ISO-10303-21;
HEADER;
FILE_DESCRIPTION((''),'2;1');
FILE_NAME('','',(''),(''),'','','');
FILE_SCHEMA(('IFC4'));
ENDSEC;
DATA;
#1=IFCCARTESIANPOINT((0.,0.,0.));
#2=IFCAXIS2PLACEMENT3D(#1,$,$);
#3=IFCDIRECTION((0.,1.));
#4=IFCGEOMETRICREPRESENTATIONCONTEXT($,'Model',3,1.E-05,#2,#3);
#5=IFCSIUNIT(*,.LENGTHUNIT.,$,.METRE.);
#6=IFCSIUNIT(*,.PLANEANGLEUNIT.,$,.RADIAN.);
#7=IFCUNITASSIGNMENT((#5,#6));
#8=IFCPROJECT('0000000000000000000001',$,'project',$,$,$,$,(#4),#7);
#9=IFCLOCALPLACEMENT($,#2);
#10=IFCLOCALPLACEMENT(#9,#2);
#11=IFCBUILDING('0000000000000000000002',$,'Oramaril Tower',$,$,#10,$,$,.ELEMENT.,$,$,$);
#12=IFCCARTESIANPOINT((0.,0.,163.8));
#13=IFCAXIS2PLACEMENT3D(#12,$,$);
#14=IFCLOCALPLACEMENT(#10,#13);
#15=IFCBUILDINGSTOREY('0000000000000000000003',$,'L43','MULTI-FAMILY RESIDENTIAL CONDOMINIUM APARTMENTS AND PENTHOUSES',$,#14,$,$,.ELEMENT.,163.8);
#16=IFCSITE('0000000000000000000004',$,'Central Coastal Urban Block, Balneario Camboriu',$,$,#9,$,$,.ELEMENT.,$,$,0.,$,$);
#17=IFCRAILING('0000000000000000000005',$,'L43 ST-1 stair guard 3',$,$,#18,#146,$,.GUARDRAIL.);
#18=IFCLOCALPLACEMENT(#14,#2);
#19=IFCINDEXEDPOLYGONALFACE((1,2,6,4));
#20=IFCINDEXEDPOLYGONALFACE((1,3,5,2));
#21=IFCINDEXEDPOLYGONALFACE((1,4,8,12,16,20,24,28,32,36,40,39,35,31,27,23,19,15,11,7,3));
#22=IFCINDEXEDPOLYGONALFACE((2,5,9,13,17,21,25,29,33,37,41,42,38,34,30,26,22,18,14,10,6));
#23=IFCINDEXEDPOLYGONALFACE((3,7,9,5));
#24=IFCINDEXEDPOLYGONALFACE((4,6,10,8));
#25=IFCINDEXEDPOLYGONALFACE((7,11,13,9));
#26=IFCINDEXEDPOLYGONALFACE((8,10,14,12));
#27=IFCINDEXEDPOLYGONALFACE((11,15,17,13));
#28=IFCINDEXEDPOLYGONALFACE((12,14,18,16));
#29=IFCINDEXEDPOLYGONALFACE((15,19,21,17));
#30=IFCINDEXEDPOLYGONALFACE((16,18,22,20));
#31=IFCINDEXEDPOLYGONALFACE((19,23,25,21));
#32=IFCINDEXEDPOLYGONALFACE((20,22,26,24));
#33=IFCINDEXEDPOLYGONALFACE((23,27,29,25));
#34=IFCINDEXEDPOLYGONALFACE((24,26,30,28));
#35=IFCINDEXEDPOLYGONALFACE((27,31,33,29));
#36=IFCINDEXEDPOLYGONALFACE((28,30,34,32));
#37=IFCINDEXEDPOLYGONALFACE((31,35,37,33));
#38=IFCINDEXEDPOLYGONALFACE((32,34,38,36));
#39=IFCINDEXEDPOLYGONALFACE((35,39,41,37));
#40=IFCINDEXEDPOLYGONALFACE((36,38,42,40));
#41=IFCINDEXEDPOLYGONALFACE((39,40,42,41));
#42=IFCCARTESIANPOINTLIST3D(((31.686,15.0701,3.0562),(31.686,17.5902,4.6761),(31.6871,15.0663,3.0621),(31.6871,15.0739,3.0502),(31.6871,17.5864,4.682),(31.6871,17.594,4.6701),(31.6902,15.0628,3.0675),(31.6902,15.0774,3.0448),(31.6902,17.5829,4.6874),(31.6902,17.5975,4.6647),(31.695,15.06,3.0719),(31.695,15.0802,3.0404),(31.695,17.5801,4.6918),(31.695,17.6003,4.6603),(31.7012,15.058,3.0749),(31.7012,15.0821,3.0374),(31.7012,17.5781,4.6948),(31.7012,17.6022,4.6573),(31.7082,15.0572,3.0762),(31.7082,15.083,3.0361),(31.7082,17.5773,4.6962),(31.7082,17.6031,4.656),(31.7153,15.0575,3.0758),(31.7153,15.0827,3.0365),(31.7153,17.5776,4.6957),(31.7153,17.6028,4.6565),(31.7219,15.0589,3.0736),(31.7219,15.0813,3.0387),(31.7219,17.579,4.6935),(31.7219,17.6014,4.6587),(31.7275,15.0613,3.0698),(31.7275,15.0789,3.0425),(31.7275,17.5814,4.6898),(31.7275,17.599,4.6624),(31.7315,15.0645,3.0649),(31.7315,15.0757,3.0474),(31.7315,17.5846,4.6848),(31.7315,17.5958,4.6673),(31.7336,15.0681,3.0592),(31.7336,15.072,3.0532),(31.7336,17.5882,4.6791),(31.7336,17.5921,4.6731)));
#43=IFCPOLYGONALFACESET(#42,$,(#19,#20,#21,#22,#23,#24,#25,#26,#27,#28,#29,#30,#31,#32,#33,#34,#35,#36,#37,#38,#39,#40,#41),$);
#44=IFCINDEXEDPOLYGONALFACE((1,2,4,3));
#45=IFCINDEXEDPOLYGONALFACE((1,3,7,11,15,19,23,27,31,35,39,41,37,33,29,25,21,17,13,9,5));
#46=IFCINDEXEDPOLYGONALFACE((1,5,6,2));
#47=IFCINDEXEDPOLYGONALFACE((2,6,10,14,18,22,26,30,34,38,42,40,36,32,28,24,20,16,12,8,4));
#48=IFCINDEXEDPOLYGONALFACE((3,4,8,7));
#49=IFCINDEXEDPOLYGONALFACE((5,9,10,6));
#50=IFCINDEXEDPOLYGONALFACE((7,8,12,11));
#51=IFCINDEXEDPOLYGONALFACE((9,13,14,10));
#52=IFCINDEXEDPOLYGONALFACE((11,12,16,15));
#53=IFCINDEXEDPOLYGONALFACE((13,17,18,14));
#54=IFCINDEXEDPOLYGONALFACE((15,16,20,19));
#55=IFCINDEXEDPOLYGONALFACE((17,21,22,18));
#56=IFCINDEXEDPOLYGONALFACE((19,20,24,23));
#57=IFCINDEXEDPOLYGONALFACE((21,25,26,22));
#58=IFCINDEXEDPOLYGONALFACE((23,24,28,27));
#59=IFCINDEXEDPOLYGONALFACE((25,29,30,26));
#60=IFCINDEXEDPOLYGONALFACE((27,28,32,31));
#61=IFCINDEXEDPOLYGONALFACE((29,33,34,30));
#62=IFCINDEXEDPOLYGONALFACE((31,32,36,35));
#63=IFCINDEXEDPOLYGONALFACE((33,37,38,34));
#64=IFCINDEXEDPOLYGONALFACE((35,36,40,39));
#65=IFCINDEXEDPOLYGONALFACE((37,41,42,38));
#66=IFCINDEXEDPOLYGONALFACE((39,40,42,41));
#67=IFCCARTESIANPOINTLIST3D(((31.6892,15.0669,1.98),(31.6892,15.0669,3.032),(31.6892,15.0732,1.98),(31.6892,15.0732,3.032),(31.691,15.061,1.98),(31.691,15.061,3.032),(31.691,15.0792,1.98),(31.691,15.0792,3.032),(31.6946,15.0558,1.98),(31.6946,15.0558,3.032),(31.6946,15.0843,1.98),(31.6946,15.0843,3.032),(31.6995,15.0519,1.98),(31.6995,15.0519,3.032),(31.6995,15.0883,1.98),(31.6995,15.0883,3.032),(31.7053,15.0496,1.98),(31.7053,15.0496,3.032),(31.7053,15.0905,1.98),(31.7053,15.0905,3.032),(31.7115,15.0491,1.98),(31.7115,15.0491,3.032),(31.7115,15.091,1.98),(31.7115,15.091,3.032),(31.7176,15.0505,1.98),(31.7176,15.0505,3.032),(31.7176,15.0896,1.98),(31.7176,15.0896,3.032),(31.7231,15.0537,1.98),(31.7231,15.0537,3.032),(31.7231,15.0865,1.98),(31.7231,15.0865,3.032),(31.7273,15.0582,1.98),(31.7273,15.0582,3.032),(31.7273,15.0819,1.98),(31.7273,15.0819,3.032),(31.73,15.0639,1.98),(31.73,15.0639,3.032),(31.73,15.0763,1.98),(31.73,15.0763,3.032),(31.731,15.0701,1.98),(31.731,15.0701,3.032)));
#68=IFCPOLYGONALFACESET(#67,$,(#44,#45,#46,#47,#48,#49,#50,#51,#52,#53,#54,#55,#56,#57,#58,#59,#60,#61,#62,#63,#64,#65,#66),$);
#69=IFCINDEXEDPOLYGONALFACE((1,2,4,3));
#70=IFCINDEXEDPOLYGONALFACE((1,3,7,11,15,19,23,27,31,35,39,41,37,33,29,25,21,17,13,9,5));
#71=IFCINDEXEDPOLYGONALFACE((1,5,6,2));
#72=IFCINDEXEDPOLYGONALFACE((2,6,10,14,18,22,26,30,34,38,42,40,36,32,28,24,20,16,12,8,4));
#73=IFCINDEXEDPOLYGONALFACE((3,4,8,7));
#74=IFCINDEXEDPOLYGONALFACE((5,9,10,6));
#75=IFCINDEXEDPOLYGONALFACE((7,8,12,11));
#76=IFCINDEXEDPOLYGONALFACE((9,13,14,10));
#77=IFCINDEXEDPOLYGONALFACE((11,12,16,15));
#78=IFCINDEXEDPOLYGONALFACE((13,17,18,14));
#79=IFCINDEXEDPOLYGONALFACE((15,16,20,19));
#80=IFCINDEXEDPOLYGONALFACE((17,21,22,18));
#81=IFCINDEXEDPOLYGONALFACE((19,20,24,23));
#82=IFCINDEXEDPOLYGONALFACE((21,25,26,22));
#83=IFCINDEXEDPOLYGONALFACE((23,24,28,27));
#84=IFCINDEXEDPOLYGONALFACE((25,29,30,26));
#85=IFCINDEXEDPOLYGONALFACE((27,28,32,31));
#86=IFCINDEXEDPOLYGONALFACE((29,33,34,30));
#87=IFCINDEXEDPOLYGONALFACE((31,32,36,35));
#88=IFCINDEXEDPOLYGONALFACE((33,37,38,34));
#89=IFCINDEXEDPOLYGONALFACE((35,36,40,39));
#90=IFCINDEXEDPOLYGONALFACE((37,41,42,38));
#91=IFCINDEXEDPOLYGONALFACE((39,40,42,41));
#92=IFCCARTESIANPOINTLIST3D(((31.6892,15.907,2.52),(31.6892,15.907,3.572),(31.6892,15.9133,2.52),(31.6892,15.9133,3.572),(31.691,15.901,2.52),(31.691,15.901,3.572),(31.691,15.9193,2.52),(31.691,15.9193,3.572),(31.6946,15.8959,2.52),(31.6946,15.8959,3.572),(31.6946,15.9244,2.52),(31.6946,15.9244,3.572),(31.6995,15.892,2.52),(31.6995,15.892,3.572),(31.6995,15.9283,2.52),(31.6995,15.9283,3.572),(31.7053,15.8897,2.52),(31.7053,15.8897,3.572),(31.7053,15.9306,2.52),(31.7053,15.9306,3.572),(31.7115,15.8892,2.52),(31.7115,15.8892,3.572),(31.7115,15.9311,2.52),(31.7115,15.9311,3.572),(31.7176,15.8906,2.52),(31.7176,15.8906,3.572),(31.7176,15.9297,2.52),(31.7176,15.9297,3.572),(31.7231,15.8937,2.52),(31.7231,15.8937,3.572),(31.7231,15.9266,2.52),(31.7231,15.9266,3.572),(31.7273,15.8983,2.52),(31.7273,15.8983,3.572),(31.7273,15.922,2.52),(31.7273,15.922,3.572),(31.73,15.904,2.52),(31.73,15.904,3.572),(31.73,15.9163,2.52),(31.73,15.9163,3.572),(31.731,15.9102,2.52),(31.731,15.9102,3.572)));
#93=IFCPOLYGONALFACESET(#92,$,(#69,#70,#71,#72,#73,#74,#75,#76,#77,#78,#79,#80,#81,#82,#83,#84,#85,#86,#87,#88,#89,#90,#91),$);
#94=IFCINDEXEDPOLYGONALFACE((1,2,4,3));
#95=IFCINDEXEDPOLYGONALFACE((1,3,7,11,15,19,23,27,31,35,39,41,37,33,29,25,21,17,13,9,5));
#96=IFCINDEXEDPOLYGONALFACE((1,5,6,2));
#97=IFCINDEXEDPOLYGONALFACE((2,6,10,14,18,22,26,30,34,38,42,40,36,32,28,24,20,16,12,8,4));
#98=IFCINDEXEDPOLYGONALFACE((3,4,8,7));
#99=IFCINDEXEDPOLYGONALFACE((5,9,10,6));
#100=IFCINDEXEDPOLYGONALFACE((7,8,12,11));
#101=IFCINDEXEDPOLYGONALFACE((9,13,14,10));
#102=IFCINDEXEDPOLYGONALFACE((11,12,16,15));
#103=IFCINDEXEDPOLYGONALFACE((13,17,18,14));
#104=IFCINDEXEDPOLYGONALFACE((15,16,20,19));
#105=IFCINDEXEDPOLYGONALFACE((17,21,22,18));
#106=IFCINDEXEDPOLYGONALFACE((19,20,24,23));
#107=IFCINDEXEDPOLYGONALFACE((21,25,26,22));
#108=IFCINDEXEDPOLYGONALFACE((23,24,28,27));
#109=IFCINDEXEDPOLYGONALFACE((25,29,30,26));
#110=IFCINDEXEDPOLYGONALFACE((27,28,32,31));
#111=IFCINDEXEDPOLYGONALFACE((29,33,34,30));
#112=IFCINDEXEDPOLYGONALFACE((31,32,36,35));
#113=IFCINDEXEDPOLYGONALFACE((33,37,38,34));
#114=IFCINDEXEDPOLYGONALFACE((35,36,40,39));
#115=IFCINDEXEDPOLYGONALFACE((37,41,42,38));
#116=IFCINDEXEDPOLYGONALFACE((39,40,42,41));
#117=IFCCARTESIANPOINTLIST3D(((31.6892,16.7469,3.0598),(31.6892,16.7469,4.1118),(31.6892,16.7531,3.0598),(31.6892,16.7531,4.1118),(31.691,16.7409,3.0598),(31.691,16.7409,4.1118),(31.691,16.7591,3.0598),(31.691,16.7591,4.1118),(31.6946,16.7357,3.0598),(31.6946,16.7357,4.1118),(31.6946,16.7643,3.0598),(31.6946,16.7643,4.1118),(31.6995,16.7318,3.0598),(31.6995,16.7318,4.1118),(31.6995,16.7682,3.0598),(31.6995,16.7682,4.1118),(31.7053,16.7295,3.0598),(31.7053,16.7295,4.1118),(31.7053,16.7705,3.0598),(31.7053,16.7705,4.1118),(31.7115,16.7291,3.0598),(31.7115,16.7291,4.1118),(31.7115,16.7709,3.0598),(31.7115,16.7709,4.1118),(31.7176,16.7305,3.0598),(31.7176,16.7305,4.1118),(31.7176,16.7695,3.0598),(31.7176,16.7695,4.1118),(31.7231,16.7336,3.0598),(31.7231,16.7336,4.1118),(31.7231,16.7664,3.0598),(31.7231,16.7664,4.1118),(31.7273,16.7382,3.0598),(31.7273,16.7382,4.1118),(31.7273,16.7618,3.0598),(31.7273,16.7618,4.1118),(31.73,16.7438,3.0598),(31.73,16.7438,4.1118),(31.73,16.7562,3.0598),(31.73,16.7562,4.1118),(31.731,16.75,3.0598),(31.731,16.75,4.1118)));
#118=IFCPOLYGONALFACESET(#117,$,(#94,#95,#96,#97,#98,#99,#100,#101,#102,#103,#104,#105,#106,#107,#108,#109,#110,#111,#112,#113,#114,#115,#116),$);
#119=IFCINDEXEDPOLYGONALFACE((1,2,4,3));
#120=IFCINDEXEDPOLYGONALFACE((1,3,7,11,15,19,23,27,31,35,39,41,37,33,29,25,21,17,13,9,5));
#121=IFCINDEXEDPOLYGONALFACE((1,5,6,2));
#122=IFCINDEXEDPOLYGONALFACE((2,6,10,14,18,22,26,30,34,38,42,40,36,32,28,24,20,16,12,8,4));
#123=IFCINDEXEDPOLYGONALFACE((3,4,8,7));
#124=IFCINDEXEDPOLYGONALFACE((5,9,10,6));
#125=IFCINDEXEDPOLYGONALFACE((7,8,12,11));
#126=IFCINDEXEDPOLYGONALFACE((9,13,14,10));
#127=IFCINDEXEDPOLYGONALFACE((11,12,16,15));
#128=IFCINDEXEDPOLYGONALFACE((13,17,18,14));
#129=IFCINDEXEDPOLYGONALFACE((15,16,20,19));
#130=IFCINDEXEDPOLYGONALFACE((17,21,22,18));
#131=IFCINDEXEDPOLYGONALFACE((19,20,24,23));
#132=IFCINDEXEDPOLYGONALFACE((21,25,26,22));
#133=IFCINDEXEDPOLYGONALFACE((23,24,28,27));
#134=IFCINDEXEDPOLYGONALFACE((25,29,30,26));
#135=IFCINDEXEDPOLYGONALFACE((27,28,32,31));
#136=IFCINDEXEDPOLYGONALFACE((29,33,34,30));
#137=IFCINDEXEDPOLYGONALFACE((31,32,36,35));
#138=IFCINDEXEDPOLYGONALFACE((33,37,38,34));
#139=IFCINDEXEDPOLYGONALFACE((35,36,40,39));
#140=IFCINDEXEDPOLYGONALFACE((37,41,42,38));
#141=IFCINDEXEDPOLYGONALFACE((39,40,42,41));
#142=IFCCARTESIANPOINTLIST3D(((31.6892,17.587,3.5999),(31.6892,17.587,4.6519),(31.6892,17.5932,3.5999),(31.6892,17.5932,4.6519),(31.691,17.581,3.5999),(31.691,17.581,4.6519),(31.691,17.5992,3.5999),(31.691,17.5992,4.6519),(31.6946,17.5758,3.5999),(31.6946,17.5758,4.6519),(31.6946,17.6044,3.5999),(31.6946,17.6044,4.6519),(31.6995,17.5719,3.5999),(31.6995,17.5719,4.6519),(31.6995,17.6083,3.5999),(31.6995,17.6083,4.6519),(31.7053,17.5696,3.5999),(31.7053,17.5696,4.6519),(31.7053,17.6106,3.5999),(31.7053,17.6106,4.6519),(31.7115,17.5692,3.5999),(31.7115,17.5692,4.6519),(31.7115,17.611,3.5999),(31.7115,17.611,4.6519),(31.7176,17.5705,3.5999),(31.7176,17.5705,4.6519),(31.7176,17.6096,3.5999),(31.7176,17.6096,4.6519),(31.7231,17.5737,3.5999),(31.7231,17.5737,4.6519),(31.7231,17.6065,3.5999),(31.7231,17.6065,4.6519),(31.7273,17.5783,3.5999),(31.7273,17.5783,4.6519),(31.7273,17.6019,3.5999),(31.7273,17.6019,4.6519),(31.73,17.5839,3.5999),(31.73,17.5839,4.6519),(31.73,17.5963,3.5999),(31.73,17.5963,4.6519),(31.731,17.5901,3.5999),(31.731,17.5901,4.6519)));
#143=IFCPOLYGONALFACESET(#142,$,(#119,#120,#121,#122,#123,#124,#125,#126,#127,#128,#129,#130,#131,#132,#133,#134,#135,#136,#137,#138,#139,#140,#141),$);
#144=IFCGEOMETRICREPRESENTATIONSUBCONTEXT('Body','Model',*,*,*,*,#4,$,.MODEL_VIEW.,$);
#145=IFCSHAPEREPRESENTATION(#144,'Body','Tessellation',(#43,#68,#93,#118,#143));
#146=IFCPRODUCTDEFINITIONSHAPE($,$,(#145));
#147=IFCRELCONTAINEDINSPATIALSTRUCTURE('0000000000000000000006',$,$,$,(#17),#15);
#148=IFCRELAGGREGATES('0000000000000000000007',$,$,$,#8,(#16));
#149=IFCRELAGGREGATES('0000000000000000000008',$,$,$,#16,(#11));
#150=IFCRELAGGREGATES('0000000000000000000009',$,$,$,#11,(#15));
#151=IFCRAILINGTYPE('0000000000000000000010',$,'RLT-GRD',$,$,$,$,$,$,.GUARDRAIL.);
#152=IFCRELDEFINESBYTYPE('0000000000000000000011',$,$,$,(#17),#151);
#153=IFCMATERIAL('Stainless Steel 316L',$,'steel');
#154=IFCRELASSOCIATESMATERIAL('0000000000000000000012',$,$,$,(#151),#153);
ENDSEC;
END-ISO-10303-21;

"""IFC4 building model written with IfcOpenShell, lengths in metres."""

from ifc_helpers import new_model, si_unit, direction, frame, origin, origin_2d, place, context, subcontext, project, spatial, circle, extrude, material, type_object, element, save


model = new_model("IFC4")

# Units and contexts
model_context = context("Model", 3, precision=1e-05, world=origin(), true_north=direction((0.0, 1.0)))
body_context = subcontext(model_context, "Body", "Model", "MODEL_VIEW")
ifc_project = project(units=[si_unit("LENGTHUNIT", "METRE"), si_unit("PLANEANGLEUNIT", "RADIAN")], contexts=[model_context])

# Site, building, storey
site_placement = place(None, origin())
site = spatial("IfcSite", under=ifc_project, at=site_placement, Name="Central Coastal Urban Block, Balneario Camboriu", CompositionType="ELEMENT", RefElevation=0.0)
building_placement = place(site_placement, origin())
building = spatial("IfcBuilding", under=site, at=building_placement, Name="Oramaril Tower", CompositionType="ELEMENT")
storey_placement = place(building_placement, frame((0.0, 0.0, 163.8)))
storey = spatial("IfcBuildingStorey", under=building, at=storey_placement, Name="L43", Description="MULTI-FAMILY RESIDENTIAL CONDOMINIUM APARTMENTS AND PENTHOUSES", CompositionType="ELEMENT", Elevation=163.8)

# Railing
ifc_material_1 = material(Name="Stainless Steel 316L", Category="steel")
railing_type_1 = type_object("IfcRailingType", Name="RLT-GRD", PredefinedType="GUARDRAIL", material=ifc_material_1)
railing_1_placement = place(storey_placement, frame((31.71, 15.0701, 1.98)))
element("IfcRailing", 1, at=railing_1_placement, inside=storey, type_object=railing_type_1, Name="L43 ST-1 stair guard 3", PredefinedType="GUARDRAIL", context=body_context, shape_type="SweptSolid", body=[
    extrude(circle(Radius=0.0239, at=origin_2d()), frame((0.0, 0.0, 1.0762), z_axis=(0.0, 0.8412, 0.540725), x_axis=(-1.0, 0.0, 0.0)), (0.0, 0.0, 1.0), 2.9958),
    extrude(circle(Radius=0.021, at=origin_2d()), origin(), (0.0, 0.0, 1.0), 1.052),
    extrude(circle(Radius=0.021, at=origin_2d()), frame((0.0, 0.8401, 0.54)), (0.0, 0.0, 1.0), 1.052),
    extrude(circle(Radius=0.021, at=origin_2d()), frame((0.0, 1.6799, 1.0798)), (0.0, 0.0, 1.0), 1.052),
    extrude(circle(Radius=0.021, at=origin_2d()), frame((0.0, 2.52, 1.6199)), (0.0, 0.0, 1.0), 1.052),
])

save(model, "model.ifc")
